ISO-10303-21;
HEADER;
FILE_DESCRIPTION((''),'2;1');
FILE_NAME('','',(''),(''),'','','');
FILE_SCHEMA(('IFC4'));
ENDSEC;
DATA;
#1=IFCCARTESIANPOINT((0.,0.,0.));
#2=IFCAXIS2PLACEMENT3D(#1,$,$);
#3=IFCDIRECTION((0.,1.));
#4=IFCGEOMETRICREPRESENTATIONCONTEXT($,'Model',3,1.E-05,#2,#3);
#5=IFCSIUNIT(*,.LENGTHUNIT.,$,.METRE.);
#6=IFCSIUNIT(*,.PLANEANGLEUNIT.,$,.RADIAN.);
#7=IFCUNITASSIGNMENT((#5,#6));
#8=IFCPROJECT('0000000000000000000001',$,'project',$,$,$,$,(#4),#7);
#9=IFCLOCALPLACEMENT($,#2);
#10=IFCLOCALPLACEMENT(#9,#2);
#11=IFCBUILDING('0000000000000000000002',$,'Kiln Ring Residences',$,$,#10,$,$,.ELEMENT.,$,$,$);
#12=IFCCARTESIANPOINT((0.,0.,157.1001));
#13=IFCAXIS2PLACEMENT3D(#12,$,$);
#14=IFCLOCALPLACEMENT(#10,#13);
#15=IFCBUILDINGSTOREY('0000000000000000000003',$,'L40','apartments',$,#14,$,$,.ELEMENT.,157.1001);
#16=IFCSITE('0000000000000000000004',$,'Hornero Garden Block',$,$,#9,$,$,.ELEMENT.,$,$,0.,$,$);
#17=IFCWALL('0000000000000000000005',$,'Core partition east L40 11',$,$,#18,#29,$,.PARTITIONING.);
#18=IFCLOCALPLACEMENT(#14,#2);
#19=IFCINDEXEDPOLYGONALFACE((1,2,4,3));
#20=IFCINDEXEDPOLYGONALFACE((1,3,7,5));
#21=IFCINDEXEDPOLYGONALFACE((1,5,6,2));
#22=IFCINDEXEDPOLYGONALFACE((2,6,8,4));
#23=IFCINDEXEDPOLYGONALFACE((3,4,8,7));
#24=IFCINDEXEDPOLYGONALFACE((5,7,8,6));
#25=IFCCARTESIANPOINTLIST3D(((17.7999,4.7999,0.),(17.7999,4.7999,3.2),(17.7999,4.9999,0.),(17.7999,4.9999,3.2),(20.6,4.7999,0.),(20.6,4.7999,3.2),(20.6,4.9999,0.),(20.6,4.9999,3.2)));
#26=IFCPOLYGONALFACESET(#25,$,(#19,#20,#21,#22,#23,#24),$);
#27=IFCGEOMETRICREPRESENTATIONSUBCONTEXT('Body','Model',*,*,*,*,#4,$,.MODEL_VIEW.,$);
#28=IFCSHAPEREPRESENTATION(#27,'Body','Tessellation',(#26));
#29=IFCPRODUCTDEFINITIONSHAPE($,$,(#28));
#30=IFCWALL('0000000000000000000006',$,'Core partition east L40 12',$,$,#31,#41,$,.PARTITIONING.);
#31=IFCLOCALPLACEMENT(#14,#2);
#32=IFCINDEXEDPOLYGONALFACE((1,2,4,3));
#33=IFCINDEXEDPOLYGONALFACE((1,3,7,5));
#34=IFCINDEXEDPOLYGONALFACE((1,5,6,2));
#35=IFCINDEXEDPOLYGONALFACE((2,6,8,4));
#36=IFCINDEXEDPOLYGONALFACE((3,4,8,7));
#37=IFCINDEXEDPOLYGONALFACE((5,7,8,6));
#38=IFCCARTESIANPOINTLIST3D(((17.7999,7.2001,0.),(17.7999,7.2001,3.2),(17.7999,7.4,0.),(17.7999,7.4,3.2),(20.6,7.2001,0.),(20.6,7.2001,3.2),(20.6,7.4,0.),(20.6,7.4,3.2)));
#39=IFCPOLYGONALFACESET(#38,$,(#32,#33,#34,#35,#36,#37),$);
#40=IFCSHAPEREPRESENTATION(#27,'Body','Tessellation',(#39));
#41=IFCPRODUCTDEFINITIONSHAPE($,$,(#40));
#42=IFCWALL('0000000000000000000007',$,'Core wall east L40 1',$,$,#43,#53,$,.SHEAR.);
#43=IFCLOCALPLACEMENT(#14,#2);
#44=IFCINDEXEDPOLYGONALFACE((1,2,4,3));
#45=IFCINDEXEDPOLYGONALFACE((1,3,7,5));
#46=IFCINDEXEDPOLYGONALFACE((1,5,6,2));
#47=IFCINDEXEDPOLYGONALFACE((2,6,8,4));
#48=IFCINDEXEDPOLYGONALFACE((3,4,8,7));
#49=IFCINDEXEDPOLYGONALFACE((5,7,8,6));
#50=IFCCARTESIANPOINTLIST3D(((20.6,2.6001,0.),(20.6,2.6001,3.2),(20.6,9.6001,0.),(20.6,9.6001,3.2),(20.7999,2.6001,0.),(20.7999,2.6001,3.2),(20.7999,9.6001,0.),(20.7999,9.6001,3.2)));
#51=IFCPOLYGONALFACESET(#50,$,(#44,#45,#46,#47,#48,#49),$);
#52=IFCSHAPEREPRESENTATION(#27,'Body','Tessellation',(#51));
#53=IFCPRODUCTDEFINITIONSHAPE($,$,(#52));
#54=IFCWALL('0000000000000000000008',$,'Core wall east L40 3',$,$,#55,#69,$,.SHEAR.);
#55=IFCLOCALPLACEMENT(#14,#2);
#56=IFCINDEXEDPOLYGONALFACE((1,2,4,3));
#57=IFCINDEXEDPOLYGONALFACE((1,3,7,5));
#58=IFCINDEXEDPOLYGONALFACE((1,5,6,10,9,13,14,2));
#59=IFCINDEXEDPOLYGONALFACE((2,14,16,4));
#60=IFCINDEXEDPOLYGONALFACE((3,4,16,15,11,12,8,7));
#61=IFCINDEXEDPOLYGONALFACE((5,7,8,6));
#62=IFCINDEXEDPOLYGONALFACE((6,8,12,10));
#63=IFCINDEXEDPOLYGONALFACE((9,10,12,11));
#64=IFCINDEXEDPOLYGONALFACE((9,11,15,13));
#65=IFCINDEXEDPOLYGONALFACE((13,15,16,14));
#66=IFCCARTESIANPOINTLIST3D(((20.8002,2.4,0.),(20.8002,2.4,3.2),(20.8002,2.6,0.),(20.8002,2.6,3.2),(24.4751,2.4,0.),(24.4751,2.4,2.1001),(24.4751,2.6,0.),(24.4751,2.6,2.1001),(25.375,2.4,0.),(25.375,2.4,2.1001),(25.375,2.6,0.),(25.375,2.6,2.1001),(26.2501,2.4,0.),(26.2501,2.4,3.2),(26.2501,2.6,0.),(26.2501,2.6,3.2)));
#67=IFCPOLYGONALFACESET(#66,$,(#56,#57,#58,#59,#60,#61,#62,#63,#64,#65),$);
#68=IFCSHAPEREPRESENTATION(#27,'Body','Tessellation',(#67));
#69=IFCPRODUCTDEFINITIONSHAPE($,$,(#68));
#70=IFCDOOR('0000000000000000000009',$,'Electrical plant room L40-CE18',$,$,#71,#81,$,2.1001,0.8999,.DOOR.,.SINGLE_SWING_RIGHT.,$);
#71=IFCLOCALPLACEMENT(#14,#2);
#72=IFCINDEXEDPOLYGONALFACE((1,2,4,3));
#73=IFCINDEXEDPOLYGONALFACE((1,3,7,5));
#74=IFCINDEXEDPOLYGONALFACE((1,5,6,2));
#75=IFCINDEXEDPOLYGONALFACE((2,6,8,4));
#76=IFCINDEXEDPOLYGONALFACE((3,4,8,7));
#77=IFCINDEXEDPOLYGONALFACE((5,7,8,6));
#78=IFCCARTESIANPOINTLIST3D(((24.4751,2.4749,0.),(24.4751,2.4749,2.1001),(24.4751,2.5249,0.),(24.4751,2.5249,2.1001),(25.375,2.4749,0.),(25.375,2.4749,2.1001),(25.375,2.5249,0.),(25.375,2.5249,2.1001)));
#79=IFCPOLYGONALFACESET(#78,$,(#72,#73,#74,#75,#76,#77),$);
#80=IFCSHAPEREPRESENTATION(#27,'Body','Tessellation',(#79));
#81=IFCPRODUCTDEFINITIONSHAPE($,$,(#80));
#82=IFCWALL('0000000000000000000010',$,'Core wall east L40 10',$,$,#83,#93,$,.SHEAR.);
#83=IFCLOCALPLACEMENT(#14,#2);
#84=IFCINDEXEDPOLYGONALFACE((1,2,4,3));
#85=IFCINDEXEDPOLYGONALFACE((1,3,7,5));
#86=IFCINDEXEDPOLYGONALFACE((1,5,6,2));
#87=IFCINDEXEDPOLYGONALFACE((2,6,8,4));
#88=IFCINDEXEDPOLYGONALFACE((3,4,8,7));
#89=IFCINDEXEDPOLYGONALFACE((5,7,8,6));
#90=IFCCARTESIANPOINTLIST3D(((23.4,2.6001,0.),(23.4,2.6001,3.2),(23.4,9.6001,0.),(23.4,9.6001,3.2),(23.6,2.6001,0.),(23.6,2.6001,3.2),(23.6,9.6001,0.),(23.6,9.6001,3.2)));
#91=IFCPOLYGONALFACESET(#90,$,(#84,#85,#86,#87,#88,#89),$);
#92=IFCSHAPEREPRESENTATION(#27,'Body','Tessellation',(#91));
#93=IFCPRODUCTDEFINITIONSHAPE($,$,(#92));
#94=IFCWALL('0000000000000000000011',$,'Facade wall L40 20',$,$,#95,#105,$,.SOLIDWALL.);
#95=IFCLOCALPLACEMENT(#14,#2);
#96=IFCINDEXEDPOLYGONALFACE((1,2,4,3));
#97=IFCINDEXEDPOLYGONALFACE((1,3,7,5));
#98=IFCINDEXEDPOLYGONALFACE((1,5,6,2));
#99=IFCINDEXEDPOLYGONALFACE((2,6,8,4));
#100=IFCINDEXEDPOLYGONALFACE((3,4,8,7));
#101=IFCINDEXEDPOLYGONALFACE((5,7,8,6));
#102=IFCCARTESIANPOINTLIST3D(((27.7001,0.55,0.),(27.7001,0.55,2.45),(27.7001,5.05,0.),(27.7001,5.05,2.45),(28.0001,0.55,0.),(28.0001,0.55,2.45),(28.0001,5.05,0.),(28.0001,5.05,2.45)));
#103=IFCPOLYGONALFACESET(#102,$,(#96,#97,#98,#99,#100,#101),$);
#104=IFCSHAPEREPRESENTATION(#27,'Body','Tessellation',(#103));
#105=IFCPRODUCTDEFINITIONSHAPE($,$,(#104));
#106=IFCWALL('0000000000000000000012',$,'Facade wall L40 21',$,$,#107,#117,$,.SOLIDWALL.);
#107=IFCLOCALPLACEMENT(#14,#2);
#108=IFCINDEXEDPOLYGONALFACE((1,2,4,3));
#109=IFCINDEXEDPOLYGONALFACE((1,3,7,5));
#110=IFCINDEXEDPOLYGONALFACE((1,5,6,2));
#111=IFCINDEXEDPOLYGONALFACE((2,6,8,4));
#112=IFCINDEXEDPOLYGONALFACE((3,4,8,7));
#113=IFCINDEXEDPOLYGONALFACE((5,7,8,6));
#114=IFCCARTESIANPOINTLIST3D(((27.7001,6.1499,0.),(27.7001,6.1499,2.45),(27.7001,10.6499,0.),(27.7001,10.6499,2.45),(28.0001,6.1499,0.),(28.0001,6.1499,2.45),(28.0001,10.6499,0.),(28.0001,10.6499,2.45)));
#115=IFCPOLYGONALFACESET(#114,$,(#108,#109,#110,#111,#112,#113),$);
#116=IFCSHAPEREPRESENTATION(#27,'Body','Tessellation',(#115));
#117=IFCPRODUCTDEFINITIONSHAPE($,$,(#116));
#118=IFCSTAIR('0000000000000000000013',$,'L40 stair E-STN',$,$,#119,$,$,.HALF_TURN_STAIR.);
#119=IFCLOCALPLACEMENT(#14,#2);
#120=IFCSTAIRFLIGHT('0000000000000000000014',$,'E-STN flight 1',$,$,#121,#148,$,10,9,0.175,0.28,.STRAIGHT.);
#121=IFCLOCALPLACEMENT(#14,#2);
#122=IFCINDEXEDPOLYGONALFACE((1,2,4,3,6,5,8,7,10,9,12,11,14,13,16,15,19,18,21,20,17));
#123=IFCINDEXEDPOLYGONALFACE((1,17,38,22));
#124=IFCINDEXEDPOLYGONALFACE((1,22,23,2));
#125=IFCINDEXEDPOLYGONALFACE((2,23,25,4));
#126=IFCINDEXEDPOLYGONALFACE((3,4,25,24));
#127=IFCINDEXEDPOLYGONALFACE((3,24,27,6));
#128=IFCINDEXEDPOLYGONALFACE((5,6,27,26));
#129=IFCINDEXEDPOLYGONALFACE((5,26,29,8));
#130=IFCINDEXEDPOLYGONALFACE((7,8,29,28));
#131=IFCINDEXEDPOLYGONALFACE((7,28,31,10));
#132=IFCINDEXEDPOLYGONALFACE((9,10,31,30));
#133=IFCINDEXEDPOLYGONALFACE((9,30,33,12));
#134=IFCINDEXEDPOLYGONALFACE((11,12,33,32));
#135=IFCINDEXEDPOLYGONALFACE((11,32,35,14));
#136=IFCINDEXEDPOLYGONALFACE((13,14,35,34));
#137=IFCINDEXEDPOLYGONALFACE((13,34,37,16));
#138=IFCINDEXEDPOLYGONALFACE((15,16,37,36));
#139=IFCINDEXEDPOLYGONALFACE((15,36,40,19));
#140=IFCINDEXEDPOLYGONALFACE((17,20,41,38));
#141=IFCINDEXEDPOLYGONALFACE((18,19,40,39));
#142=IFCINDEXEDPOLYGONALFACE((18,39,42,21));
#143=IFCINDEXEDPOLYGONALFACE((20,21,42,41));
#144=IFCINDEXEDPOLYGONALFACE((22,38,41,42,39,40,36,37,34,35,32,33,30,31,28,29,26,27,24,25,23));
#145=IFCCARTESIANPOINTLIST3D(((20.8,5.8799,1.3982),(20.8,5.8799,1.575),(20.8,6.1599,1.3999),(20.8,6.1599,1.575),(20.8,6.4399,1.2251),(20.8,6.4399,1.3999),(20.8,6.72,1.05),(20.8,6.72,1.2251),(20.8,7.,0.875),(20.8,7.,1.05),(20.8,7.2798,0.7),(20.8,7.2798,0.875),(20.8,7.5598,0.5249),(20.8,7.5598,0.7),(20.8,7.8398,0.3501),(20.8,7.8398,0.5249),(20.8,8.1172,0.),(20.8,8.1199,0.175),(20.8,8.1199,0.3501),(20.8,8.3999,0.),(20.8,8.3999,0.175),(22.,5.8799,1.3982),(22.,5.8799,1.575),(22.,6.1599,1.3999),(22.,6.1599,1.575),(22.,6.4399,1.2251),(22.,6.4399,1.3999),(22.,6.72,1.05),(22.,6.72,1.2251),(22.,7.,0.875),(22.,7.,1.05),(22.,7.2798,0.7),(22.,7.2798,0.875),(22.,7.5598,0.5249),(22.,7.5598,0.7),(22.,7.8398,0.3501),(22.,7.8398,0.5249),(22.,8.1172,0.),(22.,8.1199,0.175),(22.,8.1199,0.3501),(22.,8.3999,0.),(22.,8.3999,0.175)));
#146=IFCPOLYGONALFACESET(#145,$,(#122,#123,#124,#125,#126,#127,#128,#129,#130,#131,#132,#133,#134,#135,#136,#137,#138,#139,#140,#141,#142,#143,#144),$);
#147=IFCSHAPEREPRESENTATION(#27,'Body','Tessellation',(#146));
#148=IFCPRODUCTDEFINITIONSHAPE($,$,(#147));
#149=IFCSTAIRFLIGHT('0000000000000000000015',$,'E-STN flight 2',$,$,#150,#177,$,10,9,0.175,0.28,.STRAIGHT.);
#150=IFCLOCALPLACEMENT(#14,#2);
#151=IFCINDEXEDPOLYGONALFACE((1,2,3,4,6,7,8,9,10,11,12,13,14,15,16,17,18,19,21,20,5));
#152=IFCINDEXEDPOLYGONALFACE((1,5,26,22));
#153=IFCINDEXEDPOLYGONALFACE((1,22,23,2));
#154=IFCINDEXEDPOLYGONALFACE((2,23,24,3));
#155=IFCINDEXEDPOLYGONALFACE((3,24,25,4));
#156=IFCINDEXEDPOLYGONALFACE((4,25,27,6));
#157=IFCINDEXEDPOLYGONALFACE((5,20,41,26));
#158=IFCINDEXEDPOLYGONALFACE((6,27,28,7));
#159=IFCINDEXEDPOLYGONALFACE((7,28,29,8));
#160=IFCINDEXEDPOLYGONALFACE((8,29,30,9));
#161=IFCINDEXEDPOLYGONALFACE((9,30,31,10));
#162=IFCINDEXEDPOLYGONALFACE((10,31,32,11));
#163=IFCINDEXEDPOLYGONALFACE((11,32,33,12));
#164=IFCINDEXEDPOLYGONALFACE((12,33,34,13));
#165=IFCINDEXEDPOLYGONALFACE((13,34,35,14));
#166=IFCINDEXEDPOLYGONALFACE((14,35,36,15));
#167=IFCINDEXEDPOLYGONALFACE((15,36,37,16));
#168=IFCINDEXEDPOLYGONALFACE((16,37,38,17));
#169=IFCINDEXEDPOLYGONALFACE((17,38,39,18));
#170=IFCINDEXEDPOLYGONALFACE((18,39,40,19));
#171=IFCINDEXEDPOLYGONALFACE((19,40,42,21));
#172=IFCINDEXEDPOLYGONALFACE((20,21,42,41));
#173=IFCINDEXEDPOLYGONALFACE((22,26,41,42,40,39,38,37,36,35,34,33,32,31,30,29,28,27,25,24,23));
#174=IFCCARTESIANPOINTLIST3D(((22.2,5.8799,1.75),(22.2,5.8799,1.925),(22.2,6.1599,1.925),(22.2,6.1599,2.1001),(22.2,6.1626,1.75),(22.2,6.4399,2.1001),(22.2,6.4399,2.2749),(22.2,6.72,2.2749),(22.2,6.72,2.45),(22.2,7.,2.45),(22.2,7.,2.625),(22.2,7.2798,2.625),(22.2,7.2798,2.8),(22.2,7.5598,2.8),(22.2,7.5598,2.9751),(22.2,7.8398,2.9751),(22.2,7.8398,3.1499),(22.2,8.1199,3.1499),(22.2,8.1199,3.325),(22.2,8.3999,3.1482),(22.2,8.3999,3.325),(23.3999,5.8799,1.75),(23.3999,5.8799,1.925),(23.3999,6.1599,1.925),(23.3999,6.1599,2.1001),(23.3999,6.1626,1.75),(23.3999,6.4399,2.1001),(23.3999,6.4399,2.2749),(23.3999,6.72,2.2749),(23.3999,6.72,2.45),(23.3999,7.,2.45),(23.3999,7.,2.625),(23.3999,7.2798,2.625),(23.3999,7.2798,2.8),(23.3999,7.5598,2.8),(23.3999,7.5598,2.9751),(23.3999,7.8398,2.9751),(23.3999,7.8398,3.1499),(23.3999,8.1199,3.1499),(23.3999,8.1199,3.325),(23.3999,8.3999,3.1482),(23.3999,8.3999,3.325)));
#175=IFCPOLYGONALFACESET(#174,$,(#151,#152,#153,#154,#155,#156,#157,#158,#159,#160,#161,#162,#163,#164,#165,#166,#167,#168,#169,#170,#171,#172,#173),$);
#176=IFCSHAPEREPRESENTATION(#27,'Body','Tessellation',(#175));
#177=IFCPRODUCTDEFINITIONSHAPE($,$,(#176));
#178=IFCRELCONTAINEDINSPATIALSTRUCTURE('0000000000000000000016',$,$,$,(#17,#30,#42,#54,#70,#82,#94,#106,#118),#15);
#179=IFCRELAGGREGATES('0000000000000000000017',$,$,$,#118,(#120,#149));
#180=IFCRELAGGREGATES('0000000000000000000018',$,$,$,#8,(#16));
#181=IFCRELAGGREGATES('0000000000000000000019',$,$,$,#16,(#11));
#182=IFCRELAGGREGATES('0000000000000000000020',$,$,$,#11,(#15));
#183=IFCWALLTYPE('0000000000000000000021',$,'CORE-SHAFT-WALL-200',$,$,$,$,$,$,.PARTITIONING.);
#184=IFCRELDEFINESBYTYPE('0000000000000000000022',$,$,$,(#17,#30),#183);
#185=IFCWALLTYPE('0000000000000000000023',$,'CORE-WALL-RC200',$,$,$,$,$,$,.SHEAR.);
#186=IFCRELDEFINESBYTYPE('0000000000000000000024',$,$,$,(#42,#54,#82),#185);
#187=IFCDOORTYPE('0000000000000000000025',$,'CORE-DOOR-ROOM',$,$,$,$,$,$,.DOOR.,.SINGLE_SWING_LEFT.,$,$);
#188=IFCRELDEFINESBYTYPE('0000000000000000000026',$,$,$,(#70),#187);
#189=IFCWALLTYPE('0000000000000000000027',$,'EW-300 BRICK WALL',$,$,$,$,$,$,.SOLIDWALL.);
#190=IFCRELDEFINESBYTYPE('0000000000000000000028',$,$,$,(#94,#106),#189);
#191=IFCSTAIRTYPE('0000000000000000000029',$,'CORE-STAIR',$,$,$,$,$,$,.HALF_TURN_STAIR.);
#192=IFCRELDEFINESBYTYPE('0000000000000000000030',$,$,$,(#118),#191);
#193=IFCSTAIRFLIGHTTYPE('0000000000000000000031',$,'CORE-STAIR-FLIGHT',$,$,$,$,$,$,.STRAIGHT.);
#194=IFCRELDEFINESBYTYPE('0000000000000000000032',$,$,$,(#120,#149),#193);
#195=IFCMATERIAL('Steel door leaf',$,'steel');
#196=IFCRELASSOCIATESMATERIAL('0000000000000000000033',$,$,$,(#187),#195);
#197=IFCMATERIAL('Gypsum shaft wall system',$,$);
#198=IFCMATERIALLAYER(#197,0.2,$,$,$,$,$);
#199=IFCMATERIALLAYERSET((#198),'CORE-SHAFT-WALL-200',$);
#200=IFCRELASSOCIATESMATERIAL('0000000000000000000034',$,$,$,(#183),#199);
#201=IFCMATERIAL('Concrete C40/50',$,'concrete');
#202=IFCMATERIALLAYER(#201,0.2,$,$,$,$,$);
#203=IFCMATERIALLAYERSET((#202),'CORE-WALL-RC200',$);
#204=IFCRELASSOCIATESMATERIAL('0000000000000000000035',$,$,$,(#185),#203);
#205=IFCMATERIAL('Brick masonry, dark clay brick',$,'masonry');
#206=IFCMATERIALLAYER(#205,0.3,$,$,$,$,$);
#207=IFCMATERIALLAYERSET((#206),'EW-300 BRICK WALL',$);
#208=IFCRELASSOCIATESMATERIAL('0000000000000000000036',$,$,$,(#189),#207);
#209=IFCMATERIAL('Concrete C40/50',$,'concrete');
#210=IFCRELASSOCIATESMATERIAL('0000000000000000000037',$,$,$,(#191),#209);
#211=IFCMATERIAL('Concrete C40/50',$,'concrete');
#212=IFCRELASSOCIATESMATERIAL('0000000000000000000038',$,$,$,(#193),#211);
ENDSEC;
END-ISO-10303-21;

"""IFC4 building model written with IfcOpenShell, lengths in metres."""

from ifc_helpers import new_model, si_unit, direction, frame, frame_2d, origin, place, context, subcontext, project, spatial, polyline, rectangle, outline, extrude, material, layer, layer_set, type_object, element, fill, aggregate, save


model = new_model("IFC4")

# Units and contexts
model_context = context("Model", 3, precision=1e-05, world=origin(), true_north=direction((0.0, 1.0)))
body_context = subcontext(model_context, "Body", "Model", "MODEL_VIEW")
ifc_project = project(units=[si_unit("LENGTHUNIT", "METRE"), si_unit("PLANEANGLEUNIT", "RADIAN")], contexts=[model_context])

# Site, building, storey
site_placement = place(None, origin())
site = spatial("IfcSite", under=ifc_project, at=site_placement, Name="Hornero Garden Block", CompositionType="ELEMENT", RefElevation=0.0)
building_placement = place(site_placement, origin())
building = spatial("IfcBuilding", under=site, at=building_placement, Name="Kiln Ring Residences", CompositionType="ELEMENT")
storey_placement = place(building_placement, frame((0.0, 0.0, 157.1001)))
storey = spatial("IfcBuildingStorey", under=building, at=storey_placement, Name="L40", Description="apartments", CompositionType="ELEMENT", Elevation=157.1001)

# Shared definitions
ifc_material_1 = material(Name="Steel door leaf", Category="steel")
door_type = type_object("IfcDoorType", Name="CORE-DOOR-ROOM", OperationType="SINGLE_SWING_LEFT", PredefinedType="DOOR", material=ifc_material_1)

# Shared definitions
ifc_material_2 = material(Name="Gypsum shaft wall system")
ifc_layer_1 = layer(ifc_material_2, 0.2)
ifc_layer_set_1 = layer_set([ifc_layer_1], Name="CORE-SHAFT-WALL-200")
wall_type_1 = type_object("IfcWallType", Name="CORE-SHAFT-WALL-200", PredefinedType="PARTITIONING", material=ifc_layer_set_1)

# Walls
for number, where, z_axis, x_axis, name in (
    (1, (17.8, 4.8999, 0.0), (0.0, 0.0, 1.0), (1.0, 0.0, 0.0), "Core partition east L40 11"),
    (2, (17.8, 7.3, 0.0), (0.0, 0.0, 1.0), (1.0, 0.0, 0.0), "Core partition east L40 12"),
):
    element("IfcWall", number, at=place(storey_placement, frame(where, z_axis=z_axis, x_axis=x_axis)), inside=storey, type_object=wall_type_1, Name=name, PredefinedType="PARTITIONING", context=body_context, shape_type="SweptSolid", body=[
        extrude(rectangle(XDim=2.8, YDim=0.2, at=frame_2d((1.3999, 0.0))), origin(), (0.0, 0.0, 1.0), 3.2),
    ])
ifc_material_3 = material(Name="Concrete C40/50", Category="concrete")
ifc_layer_2 = layer(ifc_material_3, 0.2)
ifc_layer_set_2 = layer_set([ifc_layer_2], Name="CORE-WALL-RC200")
wall_type_2 = type_object("IfcWallType", Name="CORE-WALL-RC200", PredefinedType="SHEAR", material=ifc_layer_set_2)
wall_1_placement = place(storey_placement, frame((20.7, 2.6001, 0.0), z_axis=(0.0, 0.0, 1.0), x_axis=(0.0, 1.0, 0.0)))
element("IfcWall", 3, at=wall_1_placement, inside=storey, type_object=wall_type_2, Name="Core wall east L40 1", PredefinedType="SHEAR", context=body_context, shape_type="SweptSolid", body=[
    extrude(rectangle(XDim=7.0, YDim=0.2, at=frame_2d((3.5, 0.0))), origin(), (0.0, 0.0, 1.0), 3.2),
])

# Wall, opening, door
wall_2_placement = place(storey_placement, frame((20.8, 2.5, 0.0), z_axis=(0.0, 0.0, 1.0), x_axis=(1.0, 0.0, 0.0)))
wall_2 = element("IfcWall", 4, at=wall_2_placement, inside=storey, type_object=wall_type_2, Name="Core wall east L40 3", PredefinedType="SHEAR", context=body_context, shape_type="SweptSolid", body=[
    extrude(rectangle(XDim=5.45, YDim=0.2, at=frame_2d((2.7251, 0.0))), origin(), (0.0, 0.0, 1.0), 3.2),
])
opening_1_placement = place(wall_2_placement, frame((3.675, 0.0, 0.0)))
opening_1 = element("IfcOpeningElement", 5, at=opening_1_placement, cuts=wall_2, PredefinedType="OPENING", context=body_context, shape_type="SweptSolid", body=[
    extrude(rectangle(XDim=0.8999, YDim=2.1001, at=frame_2d((0.45, 1.05))), frame((0.0, 0.1099, 0.0), z_axis=(0.0, -1.0, 0.0), x_axis=(1.0, 0.0, 0.0)), (0.0, 0.0, 1.0), 0.22),
])
door_1_placement = place(opening_1_placement, origin())
door_1 = element("IfcDoor", 6, at=door_1_placement, inside=storey, type_object=door_type, Name="Electrical plant room L40-CE18", OperationType="SINGLE_SWING_RIGHT", OverallHeight=2.1001, OverallWidth=0.8999, PredefinedType="DOOR", context=body_context, shape_type="SweptSolid", body=[
    extrude(rectangle(XDim=0.8999, YDim=2.1001, at=frame_2d((0.45, 1.05))), frame((0.0, 0.0249, 0.0), z_axis=(0.0, -1.0, 0.0), x_axis=(1.0, 0.0, 0.0)), (0.0, 0.0, 1.0), 0.05),
])
fill(opening_1, door_1)

# Walls
wall_3_placement = place(storey_placement, frame((23.5, 2.6001, 0.0), z_axis=(0.0, 0.0, 1.0), x_axis=(0.0, 1.0, 0.0)))
element("IfcWall", 7, at=wall_3_placement, inside=storey, type_object=wall_type_2, Name="Core wall east L40 10", PredefinedType="SHEAR", context=body_context, shape_type="SweptSolid", body=[
    extrude(rectangle(XDim=7.0, YDim=0.2, at=frame_2d((3.5, 0.0))), origin(), (0.0, 0.0, 1.0), 3.2),
])
ifc_material_4 = material(Name="Brick masonry, dark clay brick", Category="masonry")
ifc_layer_3 = layer(ifc_material_4, 0.3)
ifc_layer_set_3 = layer_set([ifc_layer_3], Name="EW-300 BRICK WALL")
wall_type_3 = type_object("IfcWallType", Name="EW-300 BRICK WALL", PredefinedType="SOLIDWALL", material=ifc_layer_set_3)
for number, where, z_axis, x_axis, name in (
    (8, (27.8501, 0.55, 0.0), (0.0, 0.0, 1.0), (0.0, 1.0, 0.0), "Facade wall L40 20"),
    (9, (27.8501, 6.1499, 0.0), (0.0, 0.0, 1.0), (0.0, 1.0, 0.0), "Facade wall L40 21"),
):
    element("IfcWall", number, at=place(storey_placement, frame(where, z_axis=z_axis, x_axis=x_axis)), inside=storey, type_object=wall_type_3, Name=name, PredefinedType="SOLIDWALL", context=body_context, shape_type="SweptSolid", body=[
        extrude(rectangle(XDim=4.5, YDim=0.3, at=frame_2d((2.25, 0.0))), origin(), (0.0, 0.0, 1.0), 2.45),
    ])

# Stair, stair flights
ifc_material_5 = material(Name="Concrete C40/50", Category="concrete")
stair_type = type_object("IfcStairType", Name="CORE-STAIR", PredefinedType="HALF_TURN_STAIR", material=ifc_material_5)
stair_placement = place(storey_placement, origin())
stair = element("IfcStair", 10, at=stair_placement, inside=storey, type_object=stair_type, Name="L40 stair E-STN", PredefinedType="HALF_TURN_STAIR")
ifc_material_6 = material(Name="Concrete C40/50", Category="concrete")
stair_flight_type = type_object("IfcStairFlightType", Name="CORE-STAIR-FLIGHT", PredefinedType="STRAIGHT", material=ifc_material_6)
stair_flight_1_placement = place(storey_placement, frame((21.3999, 8.3999, 0.0), z_axis=(0.0, 0.0, 1.0), x_axis=(0.0, -1.0, 0.0)))
stair_flight_1 = element("IfcStairFlight", 11, at=stair_flight_1_placement, type_object=stair_flight_type, Name="E-STN flight 1", NumberOfRisers=10, NumberOfTreads=9, PredefinedType="STRAIGHT", RiserHeight=0.175, TreadLength=0.28, context=body_context, shape_type="SweptSolid", body=[
    extrude(outline(polyline([(0.0, 0.0), (0.0, 0.175), (0.28, 0.175), (0.28, 0.3501), (0.5601, 0.3501), (0.5601, 0.5249), (0.8401, 0.5249), (0.8401, 0.7), (1.1201, 0.7), (1.1201, 0.875), (1.3999, 0.875), (1.3999, 1.05), (1.6799, 1.05), (1.6799, 1.2251), (1.96, 1.2251), (1.96, 1.3999), (2.24, 1.3999), (2.24, 1.575), (2.52, 1.575), (2.52, 1.75), (2.52, 1.3982), (0.2827, 0.0), (0.0, 0.0)])), frame((0.0, 0.6001, 0.0), z_axis=(0.0, -1.0, 0.0), x_axis=(1.0, 0.0, 0.0)), (0.0, 0.0, 1.0), 1.2),
])
stair_flight_2_placement = place(storey_placement, frame((22.8, 5.8799, 1.75), z_axis=(0.0, 0.0, 1.0), x_axis=(0.0, 1.0, 0.0)))
stair_flight_2 = element("IfcStairFlight", 12, at=stair_flight_2_placement, type_object=stair_flight_type, Name="E-STN flight 2", NumberOfRisers=10, NumberOfTreads=9, PredefinedType="STRAIGHT", RiserHeight=0.175, TreadLength=0.28, context=body_context, shape_type="SweptSolid", body=[
    extrude(outline(polyline([(0.0, 0.0), (0.0, 0.175), (0.28, 0.175), (0.28, 0.3501), (0.5601, 0.3501), (0.5601, 0.5249), (0.8401, 0.5249), (0.8401, 0.7), (1.1201, 0.7), (1.1201, 0.875), (1.3999, 0.875), (1.3999, 1.05), (1.6799, 1.05), (1.6799, 1.2251), (1.96, 1.2251), (1.96, 1.3999), (2.24, 1.3999), (2.24, 1.575), (2.52, 1.575), (2.52, 1.75), (2.52, 1.3982), (0.2827, 0.0), (0.0, 0.0)])), frame((0.0, 0.6001, 0.0), z_axis=(0.0, -1.0, 0.0), x_axis=(1.0, 0.0, 0.0)), (0.0, 0.0, 1.0), 1.2),
])
aggregate(stair, [stair_flight_1, stair_flight_2])

save(model, "model.ifc")
